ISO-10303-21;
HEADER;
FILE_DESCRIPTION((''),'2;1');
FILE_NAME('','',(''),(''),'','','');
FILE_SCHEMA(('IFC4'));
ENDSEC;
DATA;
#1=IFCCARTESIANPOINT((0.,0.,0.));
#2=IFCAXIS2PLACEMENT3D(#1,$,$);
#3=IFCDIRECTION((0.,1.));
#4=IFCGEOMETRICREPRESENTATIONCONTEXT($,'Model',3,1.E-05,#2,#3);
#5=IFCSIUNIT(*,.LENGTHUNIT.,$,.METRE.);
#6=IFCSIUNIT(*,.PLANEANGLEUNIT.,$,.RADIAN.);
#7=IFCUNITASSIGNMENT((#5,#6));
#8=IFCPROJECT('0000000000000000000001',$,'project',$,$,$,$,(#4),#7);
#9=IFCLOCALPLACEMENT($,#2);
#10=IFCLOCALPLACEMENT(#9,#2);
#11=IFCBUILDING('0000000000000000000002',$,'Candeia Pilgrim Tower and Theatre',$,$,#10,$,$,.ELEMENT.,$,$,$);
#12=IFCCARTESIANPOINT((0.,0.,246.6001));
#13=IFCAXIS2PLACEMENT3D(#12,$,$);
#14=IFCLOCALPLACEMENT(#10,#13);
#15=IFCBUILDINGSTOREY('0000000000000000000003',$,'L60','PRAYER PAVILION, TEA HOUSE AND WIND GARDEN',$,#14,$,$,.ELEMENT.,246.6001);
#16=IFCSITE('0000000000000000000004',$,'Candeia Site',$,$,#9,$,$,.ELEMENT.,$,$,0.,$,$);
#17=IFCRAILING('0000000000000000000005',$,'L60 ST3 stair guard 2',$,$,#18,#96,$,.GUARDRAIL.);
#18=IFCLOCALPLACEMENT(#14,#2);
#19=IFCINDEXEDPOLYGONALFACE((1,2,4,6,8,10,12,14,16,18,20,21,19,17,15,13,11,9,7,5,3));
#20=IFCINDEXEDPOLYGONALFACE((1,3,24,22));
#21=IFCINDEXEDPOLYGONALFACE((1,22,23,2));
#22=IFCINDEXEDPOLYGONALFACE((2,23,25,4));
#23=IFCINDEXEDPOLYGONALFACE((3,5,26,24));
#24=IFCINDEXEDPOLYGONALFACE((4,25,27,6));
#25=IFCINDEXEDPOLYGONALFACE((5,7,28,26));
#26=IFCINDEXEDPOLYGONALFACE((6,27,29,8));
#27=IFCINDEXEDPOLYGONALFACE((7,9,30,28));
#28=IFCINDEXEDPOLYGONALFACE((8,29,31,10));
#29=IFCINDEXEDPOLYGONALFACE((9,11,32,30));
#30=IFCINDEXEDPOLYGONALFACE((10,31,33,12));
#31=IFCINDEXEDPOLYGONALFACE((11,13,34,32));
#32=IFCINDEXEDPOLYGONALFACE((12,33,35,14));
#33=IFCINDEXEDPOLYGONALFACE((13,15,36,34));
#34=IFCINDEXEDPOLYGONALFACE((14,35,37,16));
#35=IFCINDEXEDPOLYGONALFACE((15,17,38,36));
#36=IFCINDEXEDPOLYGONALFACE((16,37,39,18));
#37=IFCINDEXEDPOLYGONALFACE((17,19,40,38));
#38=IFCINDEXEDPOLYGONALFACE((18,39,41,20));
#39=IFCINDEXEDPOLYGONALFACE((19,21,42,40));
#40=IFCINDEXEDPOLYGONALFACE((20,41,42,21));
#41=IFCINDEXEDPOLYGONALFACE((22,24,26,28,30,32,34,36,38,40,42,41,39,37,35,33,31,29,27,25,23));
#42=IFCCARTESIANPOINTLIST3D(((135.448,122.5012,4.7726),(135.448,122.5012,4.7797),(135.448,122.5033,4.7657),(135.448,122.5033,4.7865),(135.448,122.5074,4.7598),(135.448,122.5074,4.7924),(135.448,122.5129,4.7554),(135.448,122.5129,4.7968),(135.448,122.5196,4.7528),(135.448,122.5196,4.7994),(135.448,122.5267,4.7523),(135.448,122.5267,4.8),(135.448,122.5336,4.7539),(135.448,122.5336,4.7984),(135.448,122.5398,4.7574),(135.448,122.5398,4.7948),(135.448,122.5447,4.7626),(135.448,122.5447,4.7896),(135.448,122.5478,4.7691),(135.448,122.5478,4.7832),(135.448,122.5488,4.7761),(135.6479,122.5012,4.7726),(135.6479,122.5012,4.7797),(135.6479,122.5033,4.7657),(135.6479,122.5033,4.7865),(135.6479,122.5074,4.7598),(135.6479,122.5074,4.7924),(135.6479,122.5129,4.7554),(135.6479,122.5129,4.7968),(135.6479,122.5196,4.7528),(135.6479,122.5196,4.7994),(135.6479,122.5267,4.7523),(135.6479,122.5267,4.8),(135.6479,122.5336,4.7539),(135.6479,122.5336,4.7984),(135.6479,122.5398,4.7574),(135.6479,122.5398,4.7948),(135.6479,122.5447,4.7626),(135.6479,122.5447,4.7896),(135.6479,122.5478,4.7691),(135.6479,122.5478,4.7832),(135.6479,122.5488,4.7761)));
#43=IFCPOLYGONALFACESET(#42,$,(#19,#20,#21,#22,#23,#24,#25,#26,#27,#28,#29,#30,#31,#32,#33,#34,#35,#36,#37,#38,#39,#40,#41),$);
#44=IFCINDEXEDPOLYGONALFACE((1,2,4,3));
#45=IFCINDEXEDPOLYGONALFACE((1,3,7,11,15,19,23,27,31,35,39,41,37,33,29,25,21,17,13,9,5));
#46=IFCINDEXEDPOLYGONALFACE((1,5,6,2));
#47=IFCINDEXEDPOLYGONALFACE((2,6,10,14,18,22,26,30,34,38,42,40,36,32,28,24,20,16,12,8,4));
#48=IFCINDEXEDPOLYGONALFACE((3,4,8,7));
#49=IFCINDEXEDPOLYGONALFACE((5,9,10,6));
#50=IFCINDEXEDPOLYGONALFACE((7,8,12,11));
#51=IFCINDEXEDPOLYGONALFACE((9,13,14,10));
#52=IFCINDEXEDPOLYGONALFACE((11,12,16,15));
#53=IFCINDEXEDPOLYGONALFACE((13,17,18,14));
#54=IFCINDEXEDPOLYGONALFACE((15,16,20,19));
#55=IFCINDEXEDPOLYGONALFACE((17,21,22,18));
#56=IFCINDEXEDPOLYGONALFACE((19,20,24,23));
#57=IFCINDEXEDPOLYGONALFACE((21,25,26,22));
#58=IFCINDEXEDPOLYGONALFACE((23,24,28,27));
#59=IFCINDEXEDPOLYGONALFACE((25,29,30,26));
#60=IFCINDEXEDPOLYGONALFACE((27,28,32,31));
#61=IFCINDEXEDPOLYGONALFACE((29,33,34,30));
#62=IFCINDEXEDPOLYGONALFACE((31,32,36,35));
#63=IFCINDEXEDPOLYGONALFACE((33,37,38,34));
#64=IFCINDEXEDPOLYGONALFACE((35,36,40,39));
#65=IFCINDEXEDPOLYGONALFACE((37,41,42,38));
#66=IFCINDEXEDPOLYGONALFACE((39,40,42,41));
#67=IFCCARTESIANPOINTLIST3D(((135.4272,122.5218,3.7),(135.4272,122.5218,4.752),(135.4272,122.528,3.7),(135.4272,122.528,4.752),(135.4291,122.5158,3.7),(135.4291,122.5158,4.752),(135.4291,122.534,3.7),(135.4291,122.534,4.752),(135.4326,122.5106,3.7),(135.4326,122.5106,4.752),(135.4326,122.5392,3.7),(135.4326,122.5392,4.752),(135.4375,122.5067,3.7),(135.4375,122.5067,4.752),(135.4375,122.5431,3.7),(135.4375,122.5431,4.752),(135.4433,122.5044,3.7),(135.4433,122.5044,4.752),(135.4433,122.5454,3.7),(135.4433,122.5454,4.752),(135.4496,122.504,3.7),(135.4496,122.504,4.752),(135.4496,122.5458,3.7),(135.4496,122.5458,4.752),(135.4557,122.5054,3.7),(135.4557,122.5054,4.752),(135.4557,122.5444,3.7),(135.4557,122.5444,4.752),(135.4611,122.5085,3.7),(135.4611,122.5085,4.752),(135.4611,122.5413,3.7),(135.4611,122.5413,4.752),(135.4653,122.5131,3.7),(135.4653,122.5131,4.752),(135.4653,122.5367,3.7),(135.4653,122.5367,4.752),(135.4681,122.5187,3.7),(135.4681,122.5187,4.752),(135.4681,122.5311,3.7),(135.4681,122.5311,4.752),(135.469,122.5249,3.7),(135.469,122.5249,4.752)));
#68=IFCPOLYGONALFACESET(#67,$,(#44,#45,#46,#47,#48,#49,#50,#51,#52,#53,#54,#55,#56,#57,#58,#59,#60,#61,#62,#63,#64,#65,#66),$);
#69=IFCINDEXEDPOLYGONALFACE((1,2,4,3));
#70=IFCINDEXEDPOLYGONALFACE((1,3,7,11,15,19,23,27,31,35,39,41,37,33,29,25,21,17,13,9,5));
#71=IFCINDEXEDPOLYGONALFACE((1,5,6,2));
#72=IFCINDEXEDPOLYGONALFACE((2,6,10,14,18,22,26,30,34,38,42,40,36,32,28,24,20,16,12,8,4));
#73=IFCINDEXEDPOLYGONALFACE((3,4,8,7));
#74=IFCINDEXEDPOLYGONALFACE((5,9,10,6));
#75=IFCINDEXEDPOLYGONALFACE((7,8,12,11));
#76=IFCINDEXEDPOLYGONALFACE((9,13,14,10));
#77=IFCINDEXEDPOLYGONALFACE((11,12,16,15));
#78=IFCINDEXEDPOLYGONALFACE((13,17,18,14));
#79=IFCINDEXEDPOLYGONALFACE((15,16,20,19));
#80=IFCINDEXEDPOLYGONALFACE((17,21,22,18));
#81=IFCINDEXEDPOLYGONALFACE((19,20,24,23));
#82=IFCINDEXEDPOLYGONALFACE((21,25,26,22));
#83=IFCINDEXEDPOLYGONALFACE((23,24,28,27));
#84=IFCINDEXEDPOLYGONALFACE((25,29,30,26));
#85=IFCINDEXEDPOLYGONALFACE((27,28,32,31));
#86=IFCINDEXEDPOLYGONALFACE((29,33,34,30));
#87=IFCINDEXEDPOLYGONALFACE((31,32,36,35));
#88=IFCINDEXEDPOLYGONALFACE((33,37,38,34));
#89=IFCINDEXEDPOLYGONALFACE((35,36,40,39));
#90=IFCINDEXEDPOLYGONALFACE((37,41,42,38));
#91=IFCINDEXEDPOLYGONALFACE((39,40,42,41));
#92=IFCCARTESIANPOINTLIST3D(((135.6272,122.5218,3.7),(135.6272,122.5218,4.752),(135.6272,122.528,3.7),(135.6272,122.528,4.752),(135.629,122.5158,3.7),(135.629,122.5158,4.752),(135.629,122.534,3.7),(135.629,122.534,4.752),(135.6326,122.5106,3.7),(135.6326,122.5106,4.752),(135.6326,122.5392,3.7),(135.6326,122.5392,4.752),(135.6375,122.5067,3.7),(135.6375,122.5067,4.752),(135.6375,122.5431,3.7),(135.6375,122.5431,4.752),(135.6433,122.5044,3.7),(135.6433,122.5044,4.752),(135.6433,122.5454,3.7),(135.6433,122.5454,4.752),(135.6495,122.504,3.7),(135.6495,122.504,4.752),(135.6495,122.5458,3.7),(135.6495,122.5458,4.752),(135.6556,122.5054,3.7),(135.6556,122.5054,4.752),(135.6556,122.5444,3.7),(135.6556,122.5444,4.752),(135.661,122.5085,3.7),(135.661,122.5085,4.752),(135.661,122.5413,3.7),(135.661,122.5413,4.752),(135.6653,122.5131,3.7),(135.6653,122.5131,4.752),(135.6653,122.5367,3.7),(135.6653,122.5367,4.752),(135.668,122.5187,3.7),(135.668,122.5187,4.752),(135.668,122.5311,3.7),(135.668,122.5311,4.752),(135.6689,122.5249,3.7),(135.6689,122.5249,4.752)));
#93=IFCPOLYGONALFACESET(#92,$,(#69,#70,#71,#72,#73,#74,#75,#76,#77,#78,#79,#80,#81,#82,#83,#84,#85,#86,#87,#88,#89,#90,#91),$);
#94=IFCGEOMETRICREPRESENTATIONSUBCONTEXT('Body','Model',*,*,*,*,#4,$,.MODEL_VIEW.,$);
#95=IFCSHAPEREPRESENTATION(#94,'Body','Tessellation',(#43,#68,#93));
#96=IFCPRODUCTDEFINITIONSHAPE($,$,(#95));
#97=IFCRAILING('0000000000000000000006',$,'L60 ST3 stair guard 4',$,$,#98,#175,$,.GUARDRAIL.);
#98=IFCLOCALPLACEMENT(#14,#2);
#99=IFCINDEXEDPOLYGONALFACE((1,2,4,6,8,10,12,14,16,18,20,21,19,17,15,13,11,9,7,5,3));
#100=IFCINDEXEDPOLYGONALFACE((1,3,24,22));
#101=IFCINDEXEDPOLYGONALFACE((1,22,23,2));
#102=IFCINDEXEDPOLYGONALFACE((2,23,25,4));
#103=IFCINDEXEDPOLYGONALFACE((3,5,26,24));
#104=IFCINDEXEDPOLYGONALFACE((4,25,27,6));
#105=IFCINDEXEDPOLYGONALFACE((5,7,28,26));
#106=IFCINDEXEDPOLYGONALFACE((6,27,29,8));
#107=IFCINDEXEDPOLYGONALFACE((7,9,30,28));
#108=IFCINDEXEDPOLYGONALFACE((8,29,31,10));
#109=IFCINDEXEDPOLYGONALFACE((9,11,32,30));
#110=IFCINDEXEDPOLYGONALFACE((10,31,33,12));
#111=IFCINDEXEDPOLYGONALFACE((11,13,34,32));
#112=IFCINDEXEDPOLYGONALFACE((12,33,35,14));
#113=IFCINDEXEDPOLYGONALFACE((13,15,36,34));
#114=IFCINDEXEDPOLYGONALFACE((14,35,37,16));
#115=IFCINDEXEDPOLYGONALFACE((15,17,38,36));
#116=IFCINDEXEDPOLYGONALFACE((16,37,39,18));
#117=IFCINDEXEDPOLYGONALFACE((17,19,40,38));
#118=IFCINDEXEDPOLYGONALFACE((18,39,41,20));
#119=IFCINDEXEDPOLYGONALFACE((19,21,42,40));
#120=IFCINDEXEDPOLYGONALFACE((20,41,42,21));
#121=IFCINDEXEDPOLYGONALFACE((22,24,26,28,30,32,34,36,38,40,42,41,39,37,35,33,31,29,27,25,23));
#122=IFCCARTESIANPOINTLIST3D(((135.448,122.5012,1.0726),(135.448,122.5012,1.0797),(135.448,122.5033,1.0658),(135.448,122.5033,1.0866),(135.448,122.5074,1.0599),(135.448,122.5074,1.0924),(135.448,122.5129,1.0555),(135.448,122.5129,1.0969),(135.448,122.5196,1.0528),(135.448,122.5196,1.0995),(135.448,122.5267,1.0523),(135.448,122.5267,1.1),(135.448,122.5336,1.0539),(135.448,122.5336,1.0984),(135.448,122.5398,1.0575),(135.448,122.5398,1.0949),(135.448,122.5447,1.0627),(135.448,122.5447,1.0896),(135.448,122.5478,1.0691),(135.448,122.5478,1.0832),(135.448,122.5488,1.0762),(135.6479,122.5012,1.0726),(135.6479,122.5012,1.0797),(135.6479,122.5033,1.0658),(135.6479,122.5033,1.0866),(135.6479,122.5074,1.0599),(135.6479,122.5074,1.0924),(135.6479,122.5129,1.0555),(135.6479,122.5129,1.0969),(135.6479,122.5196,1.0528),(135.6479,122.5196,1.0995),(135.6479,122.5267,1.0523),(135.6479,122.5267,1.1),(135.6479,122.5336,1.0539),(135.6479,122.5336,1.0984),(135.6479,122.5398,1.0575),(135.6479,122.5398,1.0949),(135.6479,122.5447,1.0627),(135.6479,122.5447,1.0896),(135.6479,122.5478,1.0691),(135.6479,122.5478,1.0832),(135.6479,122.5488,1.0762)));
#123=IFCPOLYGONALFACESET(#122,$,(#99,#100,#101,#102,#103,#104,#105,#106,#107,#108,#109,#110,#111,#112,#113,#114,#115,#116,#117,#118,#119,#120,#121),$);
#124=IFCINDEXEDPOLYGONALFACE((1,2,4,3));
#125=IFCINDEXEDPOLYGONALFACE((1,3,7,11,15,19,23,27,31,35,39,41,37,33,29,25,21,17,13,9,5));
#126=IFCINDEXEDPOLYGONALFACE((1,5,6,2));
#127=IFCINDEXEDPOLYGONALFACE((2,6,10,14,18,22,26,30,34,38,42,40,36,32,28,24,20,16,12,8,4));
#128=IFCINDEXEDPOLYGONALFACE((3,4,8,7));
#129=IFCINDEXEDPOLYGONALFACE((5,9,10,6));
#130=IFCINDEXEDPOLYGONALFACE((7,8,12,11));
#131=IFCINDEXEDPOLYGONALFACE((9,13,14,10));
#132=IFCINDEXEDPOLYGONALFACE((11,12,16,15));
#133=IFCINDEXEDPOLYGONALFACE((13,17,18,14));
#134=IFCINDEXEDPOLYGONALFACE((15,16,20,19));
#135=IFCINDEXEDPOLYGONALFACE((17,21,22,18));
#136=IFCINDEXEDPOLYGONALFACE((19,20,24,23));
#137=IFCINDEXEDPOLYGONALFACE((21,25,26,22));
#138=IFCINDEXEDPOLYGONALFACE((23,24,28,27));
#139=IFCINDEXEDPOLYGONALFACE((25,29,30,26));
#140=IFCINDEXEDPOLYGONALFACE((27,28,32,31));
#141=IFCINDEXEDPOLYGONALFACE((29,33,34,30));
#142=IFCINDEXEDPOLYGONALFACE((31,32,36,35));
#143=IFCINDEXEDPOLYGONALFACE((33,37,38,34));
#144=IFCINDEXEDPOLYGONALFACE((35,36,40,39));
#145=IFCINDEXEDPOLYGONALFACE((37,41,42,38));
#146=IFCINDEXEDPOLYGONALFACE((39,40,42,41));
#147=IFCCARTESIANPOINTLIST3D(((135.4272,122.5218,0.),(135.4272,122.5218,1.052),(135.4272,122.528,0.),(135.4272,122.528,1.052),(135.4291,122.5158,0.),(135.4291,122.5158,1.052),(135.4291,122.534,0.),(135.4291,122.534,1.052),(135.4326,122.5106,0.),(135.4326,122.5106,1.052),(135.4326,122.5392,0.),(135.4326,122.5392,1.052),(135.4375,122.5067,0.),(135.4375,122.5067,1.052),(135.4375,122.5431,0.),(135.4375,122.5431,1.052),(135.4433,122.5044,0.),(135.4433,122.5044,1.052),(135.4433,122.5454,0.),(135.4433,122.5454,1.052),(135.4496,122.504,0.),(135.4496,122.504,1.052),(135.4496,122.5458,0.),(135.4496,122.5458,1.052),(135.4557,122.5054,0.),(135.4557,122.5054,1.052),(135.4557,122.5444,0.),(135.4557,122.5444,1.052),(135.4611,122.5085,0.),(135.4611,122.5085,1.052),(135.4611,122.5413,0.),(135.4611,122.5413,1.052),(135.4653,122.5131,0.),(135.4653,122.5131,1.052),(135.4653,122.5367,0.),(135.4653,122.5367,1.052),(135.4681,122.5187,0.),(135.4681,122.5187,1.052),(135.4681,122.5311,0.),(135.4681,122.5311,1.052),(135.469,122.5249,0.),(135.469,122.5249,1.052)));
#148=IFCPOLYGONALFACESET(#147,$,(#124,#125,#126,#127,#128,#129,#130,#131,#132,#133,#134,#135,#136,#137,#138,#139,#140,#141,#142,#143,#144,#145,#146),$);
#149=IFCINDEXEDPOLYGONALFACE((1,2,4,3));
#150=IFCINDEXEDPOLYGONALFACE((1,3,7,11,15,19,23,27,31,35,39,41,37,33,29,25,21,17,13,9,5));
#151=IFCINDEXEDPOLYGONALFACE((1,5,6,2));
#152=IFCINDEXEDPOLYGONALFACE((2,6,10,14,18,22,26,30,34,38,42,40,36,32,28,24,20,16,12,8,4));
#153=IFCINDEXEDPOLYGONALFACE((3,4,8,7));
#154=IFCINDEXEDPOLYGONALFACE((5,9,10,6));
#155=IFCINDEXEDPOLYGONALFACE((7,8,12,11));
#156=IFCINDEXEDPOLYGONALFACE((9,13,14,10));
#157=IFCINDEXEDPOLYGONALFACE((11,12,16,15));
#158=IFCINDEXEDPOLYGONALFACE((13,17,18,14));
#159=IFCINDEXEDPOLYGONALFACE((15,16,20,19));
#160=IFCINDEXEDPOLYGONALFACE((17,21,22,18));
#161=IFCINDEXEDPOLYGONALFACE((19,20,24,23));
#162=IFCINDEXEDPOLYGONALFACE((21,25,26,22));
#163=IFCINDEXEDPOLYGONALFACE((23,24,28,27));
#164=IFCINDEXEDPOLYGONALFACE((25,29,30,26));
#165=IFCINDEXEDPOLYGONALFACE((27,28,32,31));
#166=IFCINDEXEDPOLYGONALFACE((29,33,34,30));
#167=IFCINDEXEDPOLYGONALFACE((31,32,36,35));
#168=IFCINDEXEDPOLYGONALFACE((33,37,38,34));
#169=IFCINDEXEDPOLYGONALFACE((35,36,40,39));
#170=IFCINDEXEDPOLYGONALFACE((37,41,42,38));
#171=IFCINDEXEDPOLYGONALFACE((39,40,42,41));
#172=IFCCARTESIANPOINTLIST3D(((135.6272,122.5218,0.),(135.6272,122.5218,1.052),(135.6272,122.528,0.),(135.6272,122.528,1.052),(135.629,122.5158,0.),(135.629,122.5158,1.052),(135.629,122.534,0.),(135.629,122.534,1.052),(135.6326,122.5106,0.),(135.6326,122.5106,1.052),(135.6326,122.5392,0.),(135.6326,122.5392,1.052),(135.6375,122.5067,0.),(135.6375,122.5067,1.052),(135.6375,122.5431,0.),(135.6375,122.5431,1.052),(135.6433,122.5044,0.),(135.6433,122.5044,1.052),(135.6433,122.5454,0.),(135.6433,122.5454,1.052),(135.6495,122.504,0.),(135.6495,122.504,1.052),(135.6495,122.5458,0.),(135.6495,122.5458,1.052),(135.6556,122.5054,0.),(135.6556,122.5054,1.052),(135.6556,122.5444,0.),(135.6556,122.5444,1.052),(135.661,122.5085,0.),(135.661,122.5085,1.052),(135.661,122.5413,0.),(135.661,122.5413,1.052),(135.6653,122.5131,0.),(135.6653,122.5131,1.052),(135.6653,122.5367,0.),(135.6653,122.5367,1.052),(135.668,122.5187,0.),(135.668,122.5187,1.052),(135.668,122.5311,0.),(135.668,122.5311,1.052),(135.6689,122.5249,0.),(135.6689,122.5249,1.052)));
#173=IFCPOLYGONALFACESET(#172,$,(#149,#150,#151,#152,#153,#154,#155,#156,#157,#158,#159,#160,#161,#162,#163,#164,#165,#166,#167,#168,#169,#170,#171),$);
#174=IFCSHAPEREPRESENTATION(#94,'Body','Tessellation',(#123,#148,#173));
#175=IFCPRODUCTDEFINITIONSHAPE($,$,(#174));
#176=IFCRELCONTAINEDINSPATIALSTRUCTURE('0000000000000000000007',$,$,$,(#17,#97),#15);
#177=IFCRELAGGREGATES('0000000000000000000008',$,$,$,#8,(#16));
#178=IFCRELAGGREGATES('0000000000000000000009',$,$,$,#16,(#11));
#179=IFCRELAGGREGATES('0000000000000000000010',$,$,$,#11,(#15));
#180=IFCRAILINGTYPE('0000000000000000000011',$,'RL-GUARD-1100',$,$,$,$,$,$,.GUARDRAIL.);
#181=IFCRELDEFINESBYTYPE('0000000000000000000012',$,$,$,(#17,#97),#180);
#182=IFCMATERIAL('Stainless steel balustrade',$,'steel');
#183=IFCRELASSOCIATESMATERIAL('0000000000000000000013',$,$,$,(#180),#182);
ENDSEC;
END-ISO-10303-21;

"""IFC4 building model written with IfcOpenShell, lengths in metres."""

from ifc_helpers import new_model, si_unit, direction, frame, origin, origin_2d, place, context, subcontext, project, spatial, circle, extrude, material, type_object, element, save


model = new_model("IFC4")

# Units and contexts
model_context = context("Model", 3, precision=1e-05, world=origin(), true_north=direction((0.0, 1.0)))
body_context = subcontext(model_context, "Body", "Model", "MODEL_VIEW")
ifc_project = project(units=[si_unit("LENGTHUNIT", "METRE"), si_unit("PLANEANGLEUNIT", "RADIAN")], contexts=[model_context])

# Site, building, storey
site_placement = place(None, origin())
site = spatial("IfcSite", under=ifc_project, at=site_placement, Name="Candeia Site", CompositionType="ELEMENT", RefElevation=0.0)
building_placement = place(site_placement, origin())
building = spatial("IfcBuilding", under=site, at=building_placement, Name="Candeia Pilgrim Tower and Theatre", CompositionType="ELEMENT")
storey_placement = place(building_placement, frame((0.0, 0.0, 246.6001)))
storey = spatial("IfcBuildingStorey", under=building, at=storey_placement, Name="L60", Description="PRAYER PAVILION, TEA HOUSE AND WIND GARDEN", CompositionType="ELEMENT", Elevation=246.6001)

# Railings
ifc_material_1 = material(Name="Stainless steel balustrade", Category="steel")
railing_type_1 = type_object("IfcRailingType", Name="RL-GUARD-1100", PredefinedType="GUARDRAIL", material=ifc_material_1)
railing_1_placement = place(storey_placement, frame((135.448, 122.5249, 3.7)))
element("IfcRailing", 1, at=railing_1_placement, inside=storey, type_object=railing_type_1, Name="L60 ST3 stair guard 2", PredefinedType="GUARDRAIL", context=body_context, shape_type="SweptSolid", body=[
    extrude(circle(Radius=0.0239, at=origin_2d()), frame((0.0, 0.0, 1.0762), z_axis=(1.0, 0.0, 0.0), x_axis=(0.0, 1.0, 0.0)), (0.0, 0.0, 1.0), 0.2),
    extrude(circle(Radius=0.021, at=origin_2d()), origin(), (0.0, 0.0, 1.0), 1.052),
    extrude(circle(Radius=0.021, at=origin_2d()), frame((0.2, 0.0, 0.0)), (0.0, 0.0, 1.0), 1.052),
])
railing_2_placement = place(storey_placement, frame((135.448, 122.5249, 0.0)))
element("IfcRailing", 2, at=railing_2_placement, inside=storey, type_object=railing_type_1, Name="L60 ST3 stair guard 4", PredefinedType="GUARDRAIL", context=body_context, shape_type="SweptSolid", body=[
    extrude(circle(Radius=0.0239, at=origin_2d()), frame((0.0, 0.0, 1.0762), z_axis=(1.0, 0.0, 0.0), x_axis=(0.0, 1.0, 0.0)), (0.0, 0.0, 1.0), 0.2),
    extrude(circle(Radius=0.021, at=origin_2d()), origin(), (0.0, 0.0, 1.0), 1.052),
    extrude(circle(Radius=0.021, at=origin_2d()), frame((0.2, 0.0, 0.0)), (0.0, 0.0, 1.0), 1.052),
])

save(model, "model.ifc")
